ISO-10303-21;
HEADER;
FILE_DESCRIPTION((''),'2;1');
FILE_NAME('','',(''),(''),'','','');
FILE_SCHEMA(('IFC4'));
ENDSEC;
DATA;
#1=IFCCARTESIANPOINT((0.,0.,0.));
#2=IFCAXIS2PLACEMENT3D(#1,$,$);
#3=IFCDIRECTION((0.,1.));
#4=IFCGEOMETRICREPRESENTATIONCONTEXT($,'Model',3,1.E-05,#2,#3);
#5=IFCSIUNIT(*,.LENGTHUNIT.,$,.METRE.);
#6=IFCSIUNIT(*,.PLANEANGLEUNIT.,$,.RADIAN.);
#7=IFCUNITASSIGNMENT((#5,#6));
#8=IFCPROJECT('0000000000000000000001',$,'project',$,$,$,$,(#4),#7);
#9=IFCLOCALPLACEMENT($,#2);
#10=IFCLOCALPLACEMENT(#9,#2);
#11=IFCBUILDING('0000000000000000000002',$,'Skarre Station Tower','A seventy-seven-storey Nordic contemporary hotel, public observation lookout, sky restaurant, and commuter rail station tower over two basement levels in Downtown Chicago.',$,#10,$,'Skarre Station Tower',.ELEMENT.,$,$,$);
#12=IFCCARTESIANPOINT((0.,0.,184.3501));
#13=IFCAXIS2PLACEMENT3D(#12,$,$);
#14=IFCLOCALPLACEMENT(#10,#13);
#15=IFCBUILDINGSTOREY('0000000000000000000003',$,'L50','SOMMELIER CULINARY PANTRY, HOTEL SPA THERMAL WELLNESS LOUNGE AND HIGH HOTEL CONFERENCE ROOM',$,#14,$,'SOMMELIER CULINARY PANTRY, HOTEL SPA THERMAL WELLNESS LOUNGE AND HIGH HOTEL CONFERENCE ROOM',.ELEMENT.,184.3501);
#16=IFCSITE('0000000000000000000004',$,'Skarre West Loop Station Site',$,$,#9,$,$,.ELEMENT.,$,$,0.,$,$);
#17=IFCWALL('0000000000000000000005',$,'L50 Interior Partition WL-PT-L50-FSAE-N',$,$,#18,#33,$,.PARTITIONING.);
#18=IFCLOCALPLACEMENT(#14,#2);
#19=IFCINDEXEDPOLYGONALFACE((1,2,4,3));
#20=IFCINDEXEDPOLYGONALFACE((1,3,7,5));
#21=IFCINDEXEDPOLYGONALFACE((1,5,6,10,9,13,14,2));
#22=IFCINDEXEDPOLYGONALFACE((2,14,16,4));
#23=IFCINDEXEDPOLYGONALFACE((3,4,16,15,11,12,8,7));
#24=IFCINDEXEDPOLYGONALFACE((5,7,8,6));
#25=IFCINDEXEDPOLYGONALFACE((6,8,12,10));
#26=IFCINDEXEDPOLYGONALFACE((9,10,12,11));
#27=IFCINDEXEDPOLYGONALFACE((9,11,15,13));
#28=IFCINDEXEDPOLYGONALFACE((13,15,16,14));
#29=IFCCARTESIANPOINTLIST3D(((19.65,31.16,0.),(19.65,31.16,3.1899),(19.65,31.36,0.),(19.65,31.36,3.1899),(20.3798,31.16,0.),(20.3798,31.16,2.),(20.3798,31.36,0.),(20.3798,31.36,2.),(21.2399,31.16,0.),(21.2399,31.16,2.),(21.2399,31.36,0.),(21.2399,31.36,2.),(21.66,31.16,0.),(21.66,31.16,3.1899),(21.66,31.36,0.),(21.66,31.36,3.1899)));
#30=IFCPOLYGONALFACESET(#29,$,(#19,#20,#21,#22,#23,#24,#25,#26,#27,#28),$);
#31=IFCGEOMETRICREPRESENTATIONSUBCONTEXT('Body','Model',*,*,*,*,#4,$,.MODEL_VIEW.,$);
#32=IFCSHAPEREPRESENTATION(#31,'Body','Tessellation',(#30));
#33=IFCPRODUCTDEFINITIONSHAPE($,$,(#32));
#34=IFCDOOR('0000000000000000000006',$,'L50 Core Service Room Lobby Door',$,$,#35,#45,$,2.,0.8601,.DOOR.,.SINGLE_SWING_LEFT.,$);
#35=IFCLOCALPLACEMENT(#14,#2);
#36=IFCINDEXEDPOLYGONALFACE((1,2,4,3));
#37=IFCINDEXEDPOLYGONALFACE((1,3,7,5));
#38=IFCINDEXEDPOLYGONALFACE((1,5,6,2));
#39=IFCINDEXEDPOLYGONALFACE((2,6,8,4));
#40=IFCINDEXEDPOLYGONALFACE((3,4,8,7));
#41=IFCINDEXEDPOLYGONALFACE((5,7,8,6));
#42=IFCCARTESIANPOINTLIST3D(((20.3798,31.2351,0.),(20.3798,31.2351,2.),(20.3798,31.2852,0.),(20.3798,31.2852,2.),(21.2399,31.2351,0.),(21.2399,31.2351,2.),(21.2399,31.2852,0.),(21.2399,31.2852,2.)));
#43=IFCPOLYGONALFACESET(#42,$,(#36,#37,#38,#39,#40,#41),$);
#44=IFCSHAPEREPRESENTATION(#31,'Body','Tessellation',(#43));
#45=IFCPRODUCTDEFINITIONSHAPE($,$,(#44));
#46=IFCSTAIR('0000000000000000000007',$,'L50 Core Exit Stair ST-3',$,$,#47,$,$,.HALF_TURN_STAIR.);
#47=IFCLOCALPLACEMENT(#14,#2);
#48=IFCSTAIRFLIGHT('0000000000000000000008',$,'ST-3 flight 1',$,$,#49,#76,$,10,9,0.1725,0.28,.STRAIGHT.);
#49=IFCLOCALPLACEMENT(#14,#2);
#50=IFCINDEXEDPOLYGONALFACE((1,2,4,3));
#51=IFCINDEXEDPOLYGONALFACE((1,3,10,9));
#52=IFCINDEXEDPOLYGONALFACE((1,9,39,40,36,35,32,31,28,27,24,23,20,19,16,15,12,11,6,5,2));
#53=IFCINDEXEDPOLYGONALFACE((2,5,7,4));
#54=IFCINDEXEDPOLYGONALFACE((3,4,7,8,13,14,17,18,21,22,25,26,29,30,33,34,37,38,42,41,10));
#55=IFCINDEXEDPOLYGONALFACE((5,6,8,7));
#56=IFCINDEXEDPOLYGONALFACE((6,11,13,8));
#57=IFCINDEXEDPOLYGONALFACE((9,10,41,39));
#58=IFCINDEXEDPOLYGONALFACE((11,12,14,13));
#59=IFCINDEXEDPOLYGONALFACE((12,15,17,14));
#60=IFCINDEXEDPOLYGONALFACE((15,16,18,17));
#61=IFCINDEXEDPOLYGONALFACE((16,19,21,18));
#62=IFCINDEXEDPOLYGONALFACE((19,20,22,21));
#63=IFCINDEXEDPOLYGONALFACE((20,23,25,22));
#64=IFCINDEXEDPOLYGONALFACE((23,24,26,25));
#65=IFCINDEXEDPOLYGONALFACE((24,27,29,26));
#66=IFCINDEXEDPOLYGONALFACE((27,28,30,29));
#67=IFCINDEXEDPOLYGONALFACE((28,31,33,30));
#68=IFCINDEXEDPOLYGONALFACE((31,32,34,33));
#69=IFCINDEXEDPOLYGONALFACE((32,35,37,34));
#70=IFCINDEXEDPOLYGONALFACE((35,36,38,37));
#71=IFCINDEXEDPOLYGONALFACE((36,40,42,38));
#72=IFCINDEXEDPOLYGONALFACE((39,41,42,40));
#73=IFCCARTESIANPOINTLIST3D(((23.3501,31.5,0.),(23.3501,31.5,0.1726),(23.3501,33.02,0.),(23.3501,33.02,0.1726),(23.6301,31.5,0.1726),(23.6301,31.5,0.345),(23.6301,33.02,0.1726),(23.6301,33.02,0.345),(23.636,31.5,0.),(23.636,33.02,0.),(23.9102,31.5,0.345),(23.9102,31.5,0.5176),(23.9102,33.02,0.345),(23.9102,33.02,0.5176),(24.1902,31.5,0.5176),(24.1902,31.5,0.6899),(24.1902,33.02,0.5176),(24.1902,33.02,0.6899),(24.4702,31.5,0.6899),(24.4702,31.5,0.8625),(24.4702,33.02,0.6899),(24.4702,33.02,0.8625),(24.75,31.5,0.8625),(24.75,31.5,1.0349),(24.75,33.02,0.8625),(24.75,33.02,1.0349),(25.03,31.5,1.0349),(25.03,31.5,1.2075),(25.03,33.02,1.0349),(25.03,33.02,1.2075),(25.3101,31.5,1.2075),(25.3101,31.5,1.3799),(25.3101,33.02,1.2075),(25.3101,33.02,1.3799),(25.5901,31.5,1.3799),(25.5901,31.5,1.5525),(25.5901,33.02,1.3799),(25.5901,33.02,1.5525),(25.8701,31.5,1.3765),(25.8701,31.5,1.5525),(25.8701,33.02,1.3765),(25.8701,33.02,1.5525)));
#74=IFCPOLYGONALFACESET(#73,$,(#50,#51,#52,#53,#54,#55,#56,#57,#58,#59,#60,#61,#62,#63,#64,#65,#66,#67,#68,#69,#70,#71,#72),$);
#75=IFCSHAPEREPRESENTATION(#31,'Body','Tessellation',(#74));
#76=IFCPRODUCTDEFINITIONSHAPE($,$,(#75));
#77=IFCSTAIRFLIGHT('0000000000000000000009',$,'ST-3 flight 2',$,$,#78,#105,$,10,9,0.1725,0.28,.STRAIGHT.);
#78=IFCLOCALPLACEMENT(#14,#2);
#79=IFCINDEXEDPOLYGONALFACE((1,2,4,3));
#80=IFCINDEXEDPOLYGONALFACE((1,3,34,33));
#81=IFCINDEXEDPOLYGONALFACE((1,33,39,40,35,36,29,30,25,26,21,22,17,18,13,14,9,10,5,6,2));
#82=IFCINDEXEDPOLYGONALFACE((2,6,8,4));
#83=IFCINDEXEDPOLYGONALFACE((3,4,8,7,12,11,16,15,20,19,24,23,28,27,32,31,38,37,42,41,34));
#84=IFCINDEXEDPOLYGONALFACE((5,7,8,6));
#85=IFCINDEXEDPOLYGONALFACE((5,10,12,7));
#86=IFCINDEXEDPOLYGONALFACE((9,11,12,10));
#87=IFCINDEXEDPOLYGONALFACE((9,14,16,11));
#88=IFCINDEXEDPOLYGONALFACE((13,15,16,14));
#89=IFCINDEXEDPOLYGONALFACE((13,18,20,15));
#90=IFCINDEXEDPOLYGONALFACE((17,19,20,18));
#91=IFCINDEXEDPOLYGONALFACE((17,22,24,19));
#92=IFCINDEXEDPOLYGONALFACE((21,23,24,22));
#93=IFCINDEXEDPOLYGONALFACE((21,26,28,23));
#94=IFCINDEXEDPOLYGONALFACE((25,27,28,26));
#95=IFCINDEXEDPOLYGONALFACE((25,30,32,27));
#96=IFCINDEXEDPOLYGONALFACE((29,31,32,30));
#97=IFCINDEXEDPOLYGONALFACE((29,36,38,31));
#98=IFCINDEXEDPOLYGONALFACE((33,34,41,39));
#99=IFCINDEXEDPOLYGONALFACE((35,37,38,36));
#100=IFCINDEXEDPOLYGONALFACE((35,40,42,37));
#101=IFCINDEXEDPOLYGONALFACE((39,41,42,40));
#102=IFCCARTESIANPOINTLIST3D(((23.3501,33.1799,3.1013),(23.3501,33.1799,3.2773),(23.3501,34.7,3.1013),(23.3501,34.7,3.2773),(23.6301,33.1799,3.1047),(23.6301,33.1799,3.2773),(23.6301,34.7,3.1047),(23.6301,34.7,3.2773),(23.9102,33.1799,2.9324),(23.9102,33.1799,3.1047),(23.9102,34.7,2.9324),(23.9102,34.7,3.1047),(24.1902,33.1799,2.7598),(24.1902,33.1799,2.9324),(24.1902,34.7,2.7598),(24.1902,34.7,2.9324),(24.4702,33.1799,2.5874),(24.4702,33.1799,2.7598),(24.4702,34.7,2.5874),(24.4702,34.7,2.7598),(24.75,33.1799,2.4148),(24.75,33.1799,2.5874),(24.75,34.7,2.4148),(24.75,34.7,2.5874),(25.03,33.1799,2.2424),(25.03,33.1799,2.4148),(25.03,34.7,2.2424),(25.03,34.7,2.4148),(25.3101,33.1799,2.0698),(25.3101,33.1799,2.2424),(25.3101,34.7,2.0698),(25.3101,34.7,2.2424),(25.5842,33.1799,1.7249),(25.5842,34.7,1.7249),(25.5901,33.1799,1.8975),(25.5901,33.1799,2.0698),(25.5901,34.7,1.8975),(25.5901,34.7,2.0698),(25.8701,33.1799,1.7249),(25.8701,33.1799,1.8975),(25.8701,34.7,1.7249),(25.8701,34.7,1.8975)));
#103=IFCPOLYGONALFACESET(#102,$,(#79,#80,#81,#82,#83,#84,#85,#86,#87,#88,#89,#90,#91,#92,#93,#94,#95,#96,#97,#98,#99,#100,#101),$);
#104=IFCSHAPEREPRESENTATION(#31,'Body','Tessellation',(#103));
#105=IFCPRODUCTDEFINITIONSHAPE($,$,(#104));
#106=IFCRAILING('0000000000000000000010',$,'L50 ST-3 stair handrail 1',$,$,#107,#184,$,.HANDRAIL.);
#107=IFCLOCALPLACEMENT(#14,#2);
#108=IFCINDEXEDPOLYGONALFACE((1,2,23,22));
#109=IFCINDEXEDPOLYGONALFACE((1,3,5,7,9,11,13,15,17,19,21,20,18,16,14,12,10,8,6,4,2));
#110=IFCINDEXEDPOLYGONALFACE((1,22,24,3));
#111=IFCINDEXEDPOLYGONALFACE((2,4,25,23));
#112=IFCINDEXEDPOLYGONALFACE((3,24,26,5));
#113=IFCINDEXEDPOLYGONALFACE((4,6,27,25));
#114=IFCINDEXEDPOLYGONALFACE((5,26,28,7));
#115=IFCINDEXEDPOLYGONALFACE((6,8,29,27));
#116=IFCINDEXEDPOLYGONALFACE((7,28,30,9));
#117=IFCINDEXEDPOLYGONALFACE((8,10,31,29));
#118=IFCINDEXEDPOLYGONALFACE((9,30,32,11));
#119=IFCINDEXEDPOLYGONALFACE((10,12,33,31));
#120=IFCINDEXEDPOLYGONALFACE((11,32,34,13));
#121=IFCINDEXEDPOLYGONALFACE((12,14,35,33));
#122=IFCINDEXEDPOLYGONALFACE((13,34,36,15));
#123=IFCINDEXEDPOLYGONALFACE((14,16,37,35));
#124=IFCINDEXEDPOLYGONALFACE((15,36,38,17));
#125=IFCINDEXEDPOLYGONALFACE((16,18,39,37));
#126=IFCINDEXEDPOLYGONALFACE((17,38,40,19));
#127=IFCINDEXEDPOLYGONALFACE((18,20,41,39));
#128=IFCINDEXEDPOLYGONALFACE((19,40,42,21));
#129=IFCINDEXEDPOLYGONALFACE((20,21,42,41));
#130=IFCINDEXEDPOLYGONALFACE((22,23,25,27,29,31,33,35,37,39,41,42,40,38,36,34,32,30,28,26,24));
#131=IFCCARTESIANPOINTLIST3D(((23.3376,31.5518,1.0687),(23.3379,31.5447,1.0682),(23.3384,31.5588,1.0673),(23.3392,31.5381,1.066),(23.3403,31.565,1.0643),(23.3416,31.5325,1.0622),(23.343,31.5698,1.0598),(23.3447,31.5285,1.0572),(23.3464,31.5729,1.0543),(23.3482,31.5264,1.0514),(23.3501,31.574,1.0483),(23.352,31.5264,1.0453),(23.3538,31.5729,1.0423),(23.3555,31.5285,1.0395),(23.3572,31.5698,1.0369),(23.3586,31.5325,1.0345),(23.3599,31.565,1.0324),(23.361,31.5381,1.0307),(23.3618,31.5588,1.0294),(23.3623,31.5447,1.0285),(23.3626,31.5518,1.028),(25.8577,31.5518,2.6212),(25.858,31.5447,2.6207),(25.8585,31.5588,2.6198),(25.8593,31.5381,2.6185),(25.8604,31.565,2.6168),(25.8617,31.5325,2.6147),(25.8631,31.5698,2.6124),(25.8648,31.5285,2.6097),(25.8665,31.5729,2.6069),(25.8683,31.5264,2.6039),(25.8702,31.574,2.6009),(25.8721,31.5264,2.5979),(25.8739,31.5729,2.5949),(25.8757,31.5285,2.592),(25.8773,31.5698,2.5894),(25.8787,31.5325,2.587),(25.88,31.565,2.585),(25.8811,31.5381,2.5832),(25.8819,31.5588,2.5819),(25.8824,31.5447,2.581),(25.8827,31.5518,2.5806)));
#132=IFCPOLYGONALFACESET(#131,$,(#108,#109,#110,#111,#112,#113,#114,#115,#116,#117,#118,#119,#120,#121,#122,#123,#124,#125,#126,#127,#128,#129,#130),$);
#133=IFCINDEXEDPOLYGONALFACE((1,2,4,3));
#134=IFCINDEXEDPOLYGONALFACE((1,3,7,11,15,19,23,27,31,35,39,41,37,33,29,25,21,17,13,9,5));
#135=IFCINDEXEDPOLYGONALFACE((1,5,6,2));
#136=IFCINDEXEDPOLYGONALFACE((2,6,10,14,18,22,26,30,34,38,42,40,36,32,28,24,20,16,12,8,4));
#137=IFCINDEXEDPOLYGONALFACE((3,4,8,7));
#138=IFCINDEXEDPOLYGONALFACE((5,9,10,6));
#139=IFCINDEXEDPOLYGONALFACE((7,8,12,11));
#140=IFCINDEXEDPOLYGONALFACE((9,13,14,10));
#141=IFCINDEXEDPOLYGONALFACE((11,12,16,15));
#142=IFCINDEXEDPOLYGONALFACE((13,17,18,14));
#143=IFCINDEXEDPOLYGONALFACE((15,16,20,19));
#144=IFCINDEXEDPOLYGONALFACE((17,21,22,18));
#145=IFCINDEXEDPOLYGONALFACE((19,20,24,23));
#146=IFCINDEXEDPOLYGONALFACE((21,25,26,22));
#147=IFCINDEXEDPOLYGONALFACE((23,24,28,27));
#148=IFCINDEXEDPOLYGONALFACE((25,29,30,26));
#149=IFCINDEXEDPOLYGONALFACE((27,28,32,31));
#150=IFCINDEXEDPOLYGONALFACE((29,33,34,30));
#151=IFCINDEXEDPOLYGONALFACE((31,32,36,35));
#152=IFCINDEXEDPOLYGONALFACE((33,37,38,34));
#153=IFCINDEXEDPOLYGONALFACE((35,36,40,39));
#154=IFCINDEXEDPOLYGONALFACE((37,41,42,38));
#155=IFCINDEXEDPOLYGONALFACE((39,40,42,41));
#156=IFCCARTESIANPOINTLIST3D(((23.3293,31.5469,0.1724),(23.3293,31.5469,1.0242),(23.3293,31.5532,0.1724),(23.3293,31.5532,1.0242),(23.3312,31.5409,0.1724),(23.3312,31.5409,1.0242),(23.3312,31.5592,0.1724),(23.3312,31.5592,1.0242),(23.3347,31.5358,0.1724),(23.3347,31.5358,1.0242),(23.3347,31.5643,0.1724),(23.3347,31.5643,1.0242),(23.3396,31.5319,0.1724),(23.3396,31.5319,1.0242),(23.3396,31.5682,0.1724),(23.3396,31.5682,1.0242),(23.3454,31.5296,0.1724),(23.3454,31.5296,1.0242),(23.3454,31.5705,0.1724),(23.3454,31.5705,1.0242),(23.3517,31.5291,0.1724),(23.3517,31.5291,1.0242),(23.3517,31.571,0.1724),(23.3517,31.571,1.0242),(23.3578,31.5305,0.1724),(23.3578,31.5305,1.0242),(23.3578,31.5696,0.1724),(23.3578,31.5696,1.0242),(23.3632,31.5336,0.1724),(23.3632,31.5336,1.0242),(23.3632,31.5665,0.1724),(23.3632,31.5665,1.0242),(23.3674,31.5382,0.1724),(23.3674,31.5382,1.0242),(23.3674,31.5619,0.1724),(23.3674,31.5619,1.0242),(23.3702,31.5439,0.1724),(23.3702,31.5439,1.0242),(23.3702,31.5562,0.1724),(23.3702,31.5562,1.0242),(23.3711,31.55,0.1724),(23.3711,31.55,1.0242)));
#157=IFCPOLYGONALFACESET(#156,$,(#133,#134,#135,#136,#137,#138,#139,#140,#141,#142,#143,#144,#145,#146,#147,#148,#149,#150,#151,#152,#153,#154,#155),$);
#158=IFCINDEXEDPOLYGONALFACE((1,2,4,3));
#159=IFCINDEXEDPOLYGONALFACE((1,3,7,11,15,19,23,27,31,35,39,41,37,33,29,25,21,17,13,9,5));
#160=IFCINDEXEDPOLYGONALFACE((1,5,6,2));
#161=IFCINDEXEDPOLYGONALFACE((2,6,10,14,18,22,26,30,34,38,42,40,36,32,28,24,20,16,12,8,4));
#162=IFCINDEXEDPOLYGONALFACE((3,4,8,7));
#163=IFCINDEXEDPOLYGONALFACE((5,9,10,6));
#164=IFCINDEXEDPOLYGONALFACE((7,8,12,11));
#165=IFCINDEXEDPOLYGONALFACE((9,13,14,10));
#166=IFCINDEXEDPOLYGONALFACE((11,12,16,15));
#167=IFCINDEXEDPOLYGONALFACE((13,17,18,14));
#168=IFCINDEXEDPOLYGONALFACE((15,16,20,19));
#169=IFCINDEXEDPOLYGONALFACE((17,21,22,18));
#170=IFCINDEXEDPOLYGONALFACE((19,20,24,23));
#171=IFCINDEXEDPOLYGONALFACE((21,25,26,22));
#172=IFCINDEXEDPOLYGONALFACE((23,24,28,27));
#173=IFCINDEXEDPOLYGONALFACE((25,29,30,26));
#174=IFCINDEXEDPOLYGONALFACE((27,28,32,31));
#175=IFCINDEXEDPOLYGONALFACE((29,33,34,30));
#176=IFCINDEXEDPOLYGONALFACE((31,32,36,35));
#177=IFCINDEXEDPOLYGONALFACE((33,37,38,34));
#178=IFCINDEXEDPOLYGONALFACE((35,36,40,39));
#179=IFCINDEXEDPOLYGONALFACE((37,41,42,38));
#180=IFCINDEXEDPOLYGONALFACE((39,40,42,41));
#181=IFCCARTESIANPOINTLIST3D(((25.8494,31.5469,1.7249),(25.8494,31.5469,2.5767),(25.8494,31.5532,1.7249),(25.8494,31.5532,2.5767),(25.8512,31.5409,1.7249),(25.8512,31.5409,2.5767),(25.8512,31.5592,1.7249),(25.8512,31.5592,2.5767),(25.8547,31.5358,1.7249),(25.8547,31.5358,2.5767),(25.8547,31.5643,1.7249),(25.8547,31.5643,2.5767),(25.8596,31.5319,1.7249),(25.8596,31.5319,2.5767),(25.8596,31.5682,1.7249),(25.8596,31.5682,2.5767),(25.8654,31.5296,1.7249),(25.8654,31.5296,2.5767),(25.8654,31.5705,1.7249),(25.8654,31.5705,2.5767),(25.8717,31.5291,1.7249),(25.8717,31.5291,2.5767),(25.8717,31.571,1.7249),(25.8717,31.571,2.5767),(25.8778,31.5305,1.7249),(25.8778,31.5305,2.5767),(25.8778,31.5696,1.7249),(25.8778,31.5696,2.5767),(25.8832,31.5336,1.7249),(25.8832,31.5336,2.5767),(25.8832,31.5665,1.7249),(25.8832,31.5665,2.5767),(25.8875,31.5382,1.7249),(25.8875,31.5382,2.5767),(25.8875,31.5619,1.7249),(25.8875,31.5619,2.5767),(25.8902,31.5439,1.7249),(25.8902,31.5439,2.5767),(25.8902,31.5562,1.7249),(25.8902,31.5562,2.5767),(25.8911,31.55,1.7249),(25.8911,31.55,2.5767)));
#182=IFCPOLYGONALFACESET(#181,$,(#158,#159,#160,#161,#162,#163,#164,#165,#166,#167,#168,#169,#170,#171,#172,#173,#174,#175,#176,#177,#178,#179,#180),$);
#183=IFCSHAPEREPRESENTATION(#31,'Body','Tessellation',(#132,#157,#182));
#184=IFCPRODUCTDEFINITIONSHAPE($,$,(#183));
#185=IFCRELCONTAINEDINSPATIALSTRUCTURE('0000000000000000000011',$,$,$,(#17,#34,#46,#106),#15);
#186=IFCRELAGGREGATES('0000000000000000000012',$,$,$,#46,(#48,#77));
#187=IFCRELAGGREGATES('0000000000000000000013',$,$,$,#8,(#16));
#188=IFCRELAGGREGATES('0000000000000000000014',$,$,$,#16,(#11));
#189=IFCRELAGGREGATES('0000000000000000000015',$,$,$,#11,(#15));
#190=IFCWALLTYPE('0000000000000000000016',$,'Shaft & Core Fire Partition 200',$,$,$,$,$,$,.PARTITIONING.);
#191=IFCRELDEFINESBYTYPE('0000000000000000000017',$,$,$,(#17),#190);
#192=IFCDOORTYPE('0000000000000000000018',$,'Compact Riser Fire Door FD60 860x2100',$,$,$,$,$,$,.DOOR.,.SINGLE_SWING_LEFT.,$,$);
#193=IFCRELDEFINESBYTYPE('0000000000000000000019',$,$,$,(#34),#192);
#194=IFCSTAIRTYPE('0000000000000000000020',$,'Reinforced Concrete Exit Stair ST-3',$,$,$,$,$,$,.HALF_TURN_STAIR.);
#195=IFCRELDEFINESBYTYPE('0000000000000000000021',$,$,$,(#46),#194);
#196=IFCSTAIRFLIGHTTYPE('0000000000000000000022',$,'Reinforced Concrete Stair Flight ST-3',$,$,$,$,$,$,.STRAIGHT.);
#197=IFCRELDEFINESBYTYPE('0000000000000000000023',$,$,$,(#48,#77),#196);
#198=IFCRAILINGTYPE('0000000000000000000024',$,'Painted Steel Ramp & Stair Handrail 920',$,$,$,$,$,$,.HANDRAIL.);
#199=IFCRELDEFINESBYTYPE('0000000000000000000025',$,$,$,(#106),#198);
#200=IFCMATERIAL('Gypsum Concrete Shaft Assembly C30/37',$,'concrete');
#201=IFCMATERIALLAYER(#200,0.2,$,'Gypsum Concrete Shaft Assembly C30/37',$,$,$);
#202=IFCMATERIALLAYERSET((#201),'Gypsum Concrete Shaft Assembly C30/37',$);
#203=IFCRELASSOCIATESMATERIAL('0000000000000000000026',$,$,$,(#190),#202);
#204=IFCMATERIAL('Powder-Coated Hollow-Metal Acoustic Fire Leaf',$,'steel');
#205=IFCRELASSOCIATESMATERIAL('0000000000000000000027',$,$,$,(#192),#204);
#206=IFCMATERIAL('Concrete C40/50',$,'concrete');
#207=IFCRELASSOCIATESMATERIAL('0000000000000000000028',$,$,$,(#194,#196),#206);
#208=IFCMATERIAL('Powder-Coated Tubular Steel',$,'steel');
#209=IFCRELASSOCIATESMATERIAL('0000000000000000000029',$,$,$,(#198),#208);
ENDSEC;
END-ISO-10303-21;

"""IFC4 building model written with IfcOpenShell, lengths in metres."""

from ifc_helpers import new_model, si_unit, direction, frame, frame_2d, origin, origin_2d, place, context, subcontext, project, spatial, polyline, rectangle, circle, outline, extrude, material, layer, layer_set, type_object, element, fill, aggregate, save


model = new_model("IFC4")

# Units and contexts
model_context = context("Model", 3, precision=1e-05, world=origin(), true_north=direction((0.0, 1.0)))
body_context = subcontext(model_context, "Body", "Model", "MODEL_VIEW")
ifc_project = project(units=[si_unit("LENGTHUNIT", "METRE"), si_unit("PLANEANGLEUNIT", "RADIAN")], contexts=[model_context])

# Site, building, storey
site_placement = place(None, origin())
site = spatial("IfcSite", under=ifc_project, at=site_placement, Name="Skarre West Loop Station Site", CompositionType="ELEMENT", RefElevation=0.0)
building_placement = place(site_placement, origin())
building = spatial("IfcBuilding", under=site, at=building_placement, Name="Skarre Station Tower", Description="A seventy-seven-storey Nordic contemporary hotel, public observation lookout, sky restaurant, and commuter rail station tower over two basement levels in Downtown Chicago.", LongName="Skarre Station Tower", CompositionType="ELEMENT")
storey_placement = place(building_placement, frame((0.0, 0.0, 184.3501)))
storey = spatial("IfcBuildingStorey", under=building, at=storey_placement, Name="L50", Description="SOMMELIER CULINARY PANTRY, HOTEL SPA THERMAL WELLNESS LOUNGE AND HIGH HOTEL CONFERENCE ROOM", LongName="SOMMELIER CULINARY PANTRY, HOTEL SPA THERMAL WELLNESS LOUNGE AND HIGH HOTEL CONFERENCE ROOM", CompositionType="ELEMENT", Elevation=184.3501)

# Wall, opening, door
ifc_material_1 = material(Name="Gypsum Concrete Shaft Assembly C30/37", Category="concrete")
ifc_layer_1 = layer(ifc_material_1, 0.2, Name="Gypsum Concrete Shaft Assembly C30/37")
ifc_layer_set_1 = layer_set([ifc_layer_1], Name="Gypsum Concrete Shaft Assembly C30/37")
wall_type_1 = type_object("IfcWallType", Name="Shaft & Core Fire Partition 200", PredefinedType="PARTITIONING", material=ifc_layer_set_1)
wall_1_placement = place(storey_placement, frame((21.6599, 31.26, 0.0), z_axis=(0.0, 0.0, 1.0), x_axis=(-1.0, 0.0, 0.0)))
wall_1 = element("IfcWall", 1, at=wall_1_placement, inside=storey, type_object=wall_type_1, Name="L50 Interior Partition WL-PT-L50-FSAE-N", PredefinedType="PARTITIONING", context=body_context, shape_type="SweptSolid", body=[
    extrude(rectangle(XDim=2.01, YDim=0.2, at=frame_2d((1.0049, 0.0))), origin(), (0.0, 0.0, 1.0), 3.1899),
])
opening_1_placement = place(wall_1_placement, frame((0.4199, 0.0, 0.0)))
opening_1 = element("IfcOpeningElement", 2, at=opening_1_placement, cuts=wall_1, PredefinedType="OPENING", context=body_context, shape_type="SweptSolid", body=[
    extrude(rectangle(XDim=0.8601, YDim=2.0, at=frame_2d((0.4302, 1.0))), frame((0.0, 0.1099, 0.0), z_axis=(0.0, -1.0, 0.0), x_axis=(1.0, 0.0, 0.0)), (0.0, 0.0, 1.0), 0.22),
])
ifc_material_2 = material(Name="Powder-Coated Hollow-Metal Acoustic Fire Leaf", Category="steel")
door_type_1 = type_object("IfcDoorType", Name="Compact Riser Fire Door FD60 860x2100", OperationType="SINGLE_SWING_LEFT", PredefinedType="DOOR", material=ifc_material_2)
door_1_placement = place(opening_1_placement, origin())
door_1 = element("IfcDoor", 3, at=door_1_placement, inside=storey, type_object=door_type_1, Name="L50 Core Service Room Lobby Door", OperationType="SINGLE_SWING_LEFT", OverallHeight=2.0, OverallWidth=0.8601, PredefinedType="DOOR", context=body_context, shape_type="SweptSolid", body=[
    extrude(rectangle(XDim=0.8601, YDim=2.0, at=frame_2d((0.4302, 1.0))), frame((0.0, 0.0249, 0.0), z_axis=(0.0, -1.0, 0.0), x_axis=(1.0, 0.0, 0.0)), (0.0, 0.0, 1.0), 0.05),
])
fill(opening_1, door_1)

# Stair, stair flights
ifc_material_3 = material(Name="Concrete C40/50", Category="concrete")
stair_type = type_object("IfcStairType", Name="Reinforced Concrete Exit Stair ST-3", PredefinedType="HALF_TURN_STAIR", material=ifc_material_3)
stair_placement = place(storey_placement, origin())
stair = element("IfcStair", 4, at=stair_placement, inside=storey, type_object=stair_type, Name="L50 Core Exit Stair ST-3", PredefinedType="HALF_TURN_STAIR")
stair_flight_type = type_object("IfcStairFlightType", Name="Reinforced Concrete Stair Flight ST-3", PredefinedType="STRAIGHT", material=ifc_material_3)
stair_flight_1_placement = place(storey_placement, frame((23.3501, 32.26, 0.0), z_axis=(0.0, 0.0, 1.0), x_axis=(1.0, 0.0, 0.0)))
stair_flight_1 = element("IfcStairFlight", 5, at=stair_flight_1_placement, type_object=stair_flight_type, Name="ST-3 flight 1", NumberOfRisers=10, NumberOfTreads=9, PredefinedType="STRAIGHT", RiserHeight=0.1725, TreadLength=0.28, context=body_context, shape_type="SweptSolid", body=[
    extrude(outline(polyline([(0.0, 0.0), (0.0, 0.1726), (0.28, 0.1726), (0.28, 0.345), (0.5601, 0.345), (0.5601, 0.5176), (0.8401, 0.5176), (0.8401, 0.6899), (1.1201, 0.6899), (1.1201, 0.8625), (1.3999, 0.8625), (1.3999, 1.0349), (1.6799, 1.0349), (1.6799, 1.2075), (1.96, 1.2075), (1.96, 1.3799), (2.24, 1.3799), (2.24, 1.5525), (2.52, 1.5525), (2.52, 1.7251), (2.52, 1.3765), (0.2859, 0.0), (0.0, 0.0)])), frame((0.0, 0.76, 0.0), z_axis=(0.0, -1.0, 0.0), x_axis=(1.0, 0.0, 0.0)), (0.0, 0.0, 1.0), 1.52),
])
stair_flight_2_placement = place(storey_placement, frame((25.8701, 33.9399, 1.7249), z_axis=(0.0, 0.0, 1.0), x_axis=(-1.0, 0.0, 0.0)))
stair_flight_2 = element("IfcStairFlight", 6, at=stair_flight_2_placement, type_object=stair_flight_type, Name="ST-3 flight 2", NumberOfRisers=10, NumberOfTreads=9, PredefinedType="STRAIGHT", RiserHeight=0.1725, TreadLength=0.28, context=body_context, shape_type="SweptSolid", body=[
    extrude(outline(polyline([(0.0, 0.0), (0.0, 0.1726), (0.28, 0.1726), (0.28, 0.345), (0.5601, 0.345), (0.5601, 0.5176), (0.8401, 0.5176), (0.8401, 0.6899), (1.1201, 0.6899), (1.1201, 0.8625), (1.3999, 0.8625), (1.3999, 1.0349), (1.6799, 1.0349), (1.6799, 1.2075), (1.96, 1.2075), (1.96, 1.3799), (2.24, 1.3799), (2.24, 1.5525), (2.52, 1.5525), (2.52, 1.7251), (2.52, 1.3765), (0.2859, 0.0), (0.0, 0.0)])), frame((0.0, 0.76, 0.0), z_axis=(0.0, -1.0, 0.0), x_axis=(1.0, 0.0, 0.0)), (0.0, 0.0, 1.0), 1.52),
])
aggregate(stair, [stair_flight_1, stair_flight_2])

# Railing
ifc_material_4 = material(Name="Powder-Coated Tubular Steel", Category="steel")
railing_type_1 = type_object("IfcRailingType", Name="Painted Steel Ramp & Stair Handrail 920", PredefinedType="HANDRAIL", material=ifc_material_4)
railing_1_placement = place(storey_placement, frame((23.3501, 31.55, 0.1724)))
element("IfcRailing", 7, at=railing_1_placement, inside=storey, type_object=railing_type_1, Name="L50 ST-3 stair handrail 1", PredefinedType="HANDRAIL", context=body_context, shape_type="SweptSolid", body=[
    extrude(circle(Radius=0.0239, at=origin_2d()), frame((0.0, 0.0, 0.876), z_axis=(0.8514, 0.0, 0.524516), x_axis=(0.0, 1.0, 0.0)), (0.0, 0.0, 1.0), 2.96),
    extrude(circle(Radius=0.021, at=origin_2d()), origin(), (0.0, 0.0, 1.0), 0.8518),
    extrude(circle(Radius=0.021, at=origin_2d()), frame((2.52, 0.0, 1.5525)), (0.0, 0.0, 1.0), 0.8518),
])

save(model, "model.ifc")
